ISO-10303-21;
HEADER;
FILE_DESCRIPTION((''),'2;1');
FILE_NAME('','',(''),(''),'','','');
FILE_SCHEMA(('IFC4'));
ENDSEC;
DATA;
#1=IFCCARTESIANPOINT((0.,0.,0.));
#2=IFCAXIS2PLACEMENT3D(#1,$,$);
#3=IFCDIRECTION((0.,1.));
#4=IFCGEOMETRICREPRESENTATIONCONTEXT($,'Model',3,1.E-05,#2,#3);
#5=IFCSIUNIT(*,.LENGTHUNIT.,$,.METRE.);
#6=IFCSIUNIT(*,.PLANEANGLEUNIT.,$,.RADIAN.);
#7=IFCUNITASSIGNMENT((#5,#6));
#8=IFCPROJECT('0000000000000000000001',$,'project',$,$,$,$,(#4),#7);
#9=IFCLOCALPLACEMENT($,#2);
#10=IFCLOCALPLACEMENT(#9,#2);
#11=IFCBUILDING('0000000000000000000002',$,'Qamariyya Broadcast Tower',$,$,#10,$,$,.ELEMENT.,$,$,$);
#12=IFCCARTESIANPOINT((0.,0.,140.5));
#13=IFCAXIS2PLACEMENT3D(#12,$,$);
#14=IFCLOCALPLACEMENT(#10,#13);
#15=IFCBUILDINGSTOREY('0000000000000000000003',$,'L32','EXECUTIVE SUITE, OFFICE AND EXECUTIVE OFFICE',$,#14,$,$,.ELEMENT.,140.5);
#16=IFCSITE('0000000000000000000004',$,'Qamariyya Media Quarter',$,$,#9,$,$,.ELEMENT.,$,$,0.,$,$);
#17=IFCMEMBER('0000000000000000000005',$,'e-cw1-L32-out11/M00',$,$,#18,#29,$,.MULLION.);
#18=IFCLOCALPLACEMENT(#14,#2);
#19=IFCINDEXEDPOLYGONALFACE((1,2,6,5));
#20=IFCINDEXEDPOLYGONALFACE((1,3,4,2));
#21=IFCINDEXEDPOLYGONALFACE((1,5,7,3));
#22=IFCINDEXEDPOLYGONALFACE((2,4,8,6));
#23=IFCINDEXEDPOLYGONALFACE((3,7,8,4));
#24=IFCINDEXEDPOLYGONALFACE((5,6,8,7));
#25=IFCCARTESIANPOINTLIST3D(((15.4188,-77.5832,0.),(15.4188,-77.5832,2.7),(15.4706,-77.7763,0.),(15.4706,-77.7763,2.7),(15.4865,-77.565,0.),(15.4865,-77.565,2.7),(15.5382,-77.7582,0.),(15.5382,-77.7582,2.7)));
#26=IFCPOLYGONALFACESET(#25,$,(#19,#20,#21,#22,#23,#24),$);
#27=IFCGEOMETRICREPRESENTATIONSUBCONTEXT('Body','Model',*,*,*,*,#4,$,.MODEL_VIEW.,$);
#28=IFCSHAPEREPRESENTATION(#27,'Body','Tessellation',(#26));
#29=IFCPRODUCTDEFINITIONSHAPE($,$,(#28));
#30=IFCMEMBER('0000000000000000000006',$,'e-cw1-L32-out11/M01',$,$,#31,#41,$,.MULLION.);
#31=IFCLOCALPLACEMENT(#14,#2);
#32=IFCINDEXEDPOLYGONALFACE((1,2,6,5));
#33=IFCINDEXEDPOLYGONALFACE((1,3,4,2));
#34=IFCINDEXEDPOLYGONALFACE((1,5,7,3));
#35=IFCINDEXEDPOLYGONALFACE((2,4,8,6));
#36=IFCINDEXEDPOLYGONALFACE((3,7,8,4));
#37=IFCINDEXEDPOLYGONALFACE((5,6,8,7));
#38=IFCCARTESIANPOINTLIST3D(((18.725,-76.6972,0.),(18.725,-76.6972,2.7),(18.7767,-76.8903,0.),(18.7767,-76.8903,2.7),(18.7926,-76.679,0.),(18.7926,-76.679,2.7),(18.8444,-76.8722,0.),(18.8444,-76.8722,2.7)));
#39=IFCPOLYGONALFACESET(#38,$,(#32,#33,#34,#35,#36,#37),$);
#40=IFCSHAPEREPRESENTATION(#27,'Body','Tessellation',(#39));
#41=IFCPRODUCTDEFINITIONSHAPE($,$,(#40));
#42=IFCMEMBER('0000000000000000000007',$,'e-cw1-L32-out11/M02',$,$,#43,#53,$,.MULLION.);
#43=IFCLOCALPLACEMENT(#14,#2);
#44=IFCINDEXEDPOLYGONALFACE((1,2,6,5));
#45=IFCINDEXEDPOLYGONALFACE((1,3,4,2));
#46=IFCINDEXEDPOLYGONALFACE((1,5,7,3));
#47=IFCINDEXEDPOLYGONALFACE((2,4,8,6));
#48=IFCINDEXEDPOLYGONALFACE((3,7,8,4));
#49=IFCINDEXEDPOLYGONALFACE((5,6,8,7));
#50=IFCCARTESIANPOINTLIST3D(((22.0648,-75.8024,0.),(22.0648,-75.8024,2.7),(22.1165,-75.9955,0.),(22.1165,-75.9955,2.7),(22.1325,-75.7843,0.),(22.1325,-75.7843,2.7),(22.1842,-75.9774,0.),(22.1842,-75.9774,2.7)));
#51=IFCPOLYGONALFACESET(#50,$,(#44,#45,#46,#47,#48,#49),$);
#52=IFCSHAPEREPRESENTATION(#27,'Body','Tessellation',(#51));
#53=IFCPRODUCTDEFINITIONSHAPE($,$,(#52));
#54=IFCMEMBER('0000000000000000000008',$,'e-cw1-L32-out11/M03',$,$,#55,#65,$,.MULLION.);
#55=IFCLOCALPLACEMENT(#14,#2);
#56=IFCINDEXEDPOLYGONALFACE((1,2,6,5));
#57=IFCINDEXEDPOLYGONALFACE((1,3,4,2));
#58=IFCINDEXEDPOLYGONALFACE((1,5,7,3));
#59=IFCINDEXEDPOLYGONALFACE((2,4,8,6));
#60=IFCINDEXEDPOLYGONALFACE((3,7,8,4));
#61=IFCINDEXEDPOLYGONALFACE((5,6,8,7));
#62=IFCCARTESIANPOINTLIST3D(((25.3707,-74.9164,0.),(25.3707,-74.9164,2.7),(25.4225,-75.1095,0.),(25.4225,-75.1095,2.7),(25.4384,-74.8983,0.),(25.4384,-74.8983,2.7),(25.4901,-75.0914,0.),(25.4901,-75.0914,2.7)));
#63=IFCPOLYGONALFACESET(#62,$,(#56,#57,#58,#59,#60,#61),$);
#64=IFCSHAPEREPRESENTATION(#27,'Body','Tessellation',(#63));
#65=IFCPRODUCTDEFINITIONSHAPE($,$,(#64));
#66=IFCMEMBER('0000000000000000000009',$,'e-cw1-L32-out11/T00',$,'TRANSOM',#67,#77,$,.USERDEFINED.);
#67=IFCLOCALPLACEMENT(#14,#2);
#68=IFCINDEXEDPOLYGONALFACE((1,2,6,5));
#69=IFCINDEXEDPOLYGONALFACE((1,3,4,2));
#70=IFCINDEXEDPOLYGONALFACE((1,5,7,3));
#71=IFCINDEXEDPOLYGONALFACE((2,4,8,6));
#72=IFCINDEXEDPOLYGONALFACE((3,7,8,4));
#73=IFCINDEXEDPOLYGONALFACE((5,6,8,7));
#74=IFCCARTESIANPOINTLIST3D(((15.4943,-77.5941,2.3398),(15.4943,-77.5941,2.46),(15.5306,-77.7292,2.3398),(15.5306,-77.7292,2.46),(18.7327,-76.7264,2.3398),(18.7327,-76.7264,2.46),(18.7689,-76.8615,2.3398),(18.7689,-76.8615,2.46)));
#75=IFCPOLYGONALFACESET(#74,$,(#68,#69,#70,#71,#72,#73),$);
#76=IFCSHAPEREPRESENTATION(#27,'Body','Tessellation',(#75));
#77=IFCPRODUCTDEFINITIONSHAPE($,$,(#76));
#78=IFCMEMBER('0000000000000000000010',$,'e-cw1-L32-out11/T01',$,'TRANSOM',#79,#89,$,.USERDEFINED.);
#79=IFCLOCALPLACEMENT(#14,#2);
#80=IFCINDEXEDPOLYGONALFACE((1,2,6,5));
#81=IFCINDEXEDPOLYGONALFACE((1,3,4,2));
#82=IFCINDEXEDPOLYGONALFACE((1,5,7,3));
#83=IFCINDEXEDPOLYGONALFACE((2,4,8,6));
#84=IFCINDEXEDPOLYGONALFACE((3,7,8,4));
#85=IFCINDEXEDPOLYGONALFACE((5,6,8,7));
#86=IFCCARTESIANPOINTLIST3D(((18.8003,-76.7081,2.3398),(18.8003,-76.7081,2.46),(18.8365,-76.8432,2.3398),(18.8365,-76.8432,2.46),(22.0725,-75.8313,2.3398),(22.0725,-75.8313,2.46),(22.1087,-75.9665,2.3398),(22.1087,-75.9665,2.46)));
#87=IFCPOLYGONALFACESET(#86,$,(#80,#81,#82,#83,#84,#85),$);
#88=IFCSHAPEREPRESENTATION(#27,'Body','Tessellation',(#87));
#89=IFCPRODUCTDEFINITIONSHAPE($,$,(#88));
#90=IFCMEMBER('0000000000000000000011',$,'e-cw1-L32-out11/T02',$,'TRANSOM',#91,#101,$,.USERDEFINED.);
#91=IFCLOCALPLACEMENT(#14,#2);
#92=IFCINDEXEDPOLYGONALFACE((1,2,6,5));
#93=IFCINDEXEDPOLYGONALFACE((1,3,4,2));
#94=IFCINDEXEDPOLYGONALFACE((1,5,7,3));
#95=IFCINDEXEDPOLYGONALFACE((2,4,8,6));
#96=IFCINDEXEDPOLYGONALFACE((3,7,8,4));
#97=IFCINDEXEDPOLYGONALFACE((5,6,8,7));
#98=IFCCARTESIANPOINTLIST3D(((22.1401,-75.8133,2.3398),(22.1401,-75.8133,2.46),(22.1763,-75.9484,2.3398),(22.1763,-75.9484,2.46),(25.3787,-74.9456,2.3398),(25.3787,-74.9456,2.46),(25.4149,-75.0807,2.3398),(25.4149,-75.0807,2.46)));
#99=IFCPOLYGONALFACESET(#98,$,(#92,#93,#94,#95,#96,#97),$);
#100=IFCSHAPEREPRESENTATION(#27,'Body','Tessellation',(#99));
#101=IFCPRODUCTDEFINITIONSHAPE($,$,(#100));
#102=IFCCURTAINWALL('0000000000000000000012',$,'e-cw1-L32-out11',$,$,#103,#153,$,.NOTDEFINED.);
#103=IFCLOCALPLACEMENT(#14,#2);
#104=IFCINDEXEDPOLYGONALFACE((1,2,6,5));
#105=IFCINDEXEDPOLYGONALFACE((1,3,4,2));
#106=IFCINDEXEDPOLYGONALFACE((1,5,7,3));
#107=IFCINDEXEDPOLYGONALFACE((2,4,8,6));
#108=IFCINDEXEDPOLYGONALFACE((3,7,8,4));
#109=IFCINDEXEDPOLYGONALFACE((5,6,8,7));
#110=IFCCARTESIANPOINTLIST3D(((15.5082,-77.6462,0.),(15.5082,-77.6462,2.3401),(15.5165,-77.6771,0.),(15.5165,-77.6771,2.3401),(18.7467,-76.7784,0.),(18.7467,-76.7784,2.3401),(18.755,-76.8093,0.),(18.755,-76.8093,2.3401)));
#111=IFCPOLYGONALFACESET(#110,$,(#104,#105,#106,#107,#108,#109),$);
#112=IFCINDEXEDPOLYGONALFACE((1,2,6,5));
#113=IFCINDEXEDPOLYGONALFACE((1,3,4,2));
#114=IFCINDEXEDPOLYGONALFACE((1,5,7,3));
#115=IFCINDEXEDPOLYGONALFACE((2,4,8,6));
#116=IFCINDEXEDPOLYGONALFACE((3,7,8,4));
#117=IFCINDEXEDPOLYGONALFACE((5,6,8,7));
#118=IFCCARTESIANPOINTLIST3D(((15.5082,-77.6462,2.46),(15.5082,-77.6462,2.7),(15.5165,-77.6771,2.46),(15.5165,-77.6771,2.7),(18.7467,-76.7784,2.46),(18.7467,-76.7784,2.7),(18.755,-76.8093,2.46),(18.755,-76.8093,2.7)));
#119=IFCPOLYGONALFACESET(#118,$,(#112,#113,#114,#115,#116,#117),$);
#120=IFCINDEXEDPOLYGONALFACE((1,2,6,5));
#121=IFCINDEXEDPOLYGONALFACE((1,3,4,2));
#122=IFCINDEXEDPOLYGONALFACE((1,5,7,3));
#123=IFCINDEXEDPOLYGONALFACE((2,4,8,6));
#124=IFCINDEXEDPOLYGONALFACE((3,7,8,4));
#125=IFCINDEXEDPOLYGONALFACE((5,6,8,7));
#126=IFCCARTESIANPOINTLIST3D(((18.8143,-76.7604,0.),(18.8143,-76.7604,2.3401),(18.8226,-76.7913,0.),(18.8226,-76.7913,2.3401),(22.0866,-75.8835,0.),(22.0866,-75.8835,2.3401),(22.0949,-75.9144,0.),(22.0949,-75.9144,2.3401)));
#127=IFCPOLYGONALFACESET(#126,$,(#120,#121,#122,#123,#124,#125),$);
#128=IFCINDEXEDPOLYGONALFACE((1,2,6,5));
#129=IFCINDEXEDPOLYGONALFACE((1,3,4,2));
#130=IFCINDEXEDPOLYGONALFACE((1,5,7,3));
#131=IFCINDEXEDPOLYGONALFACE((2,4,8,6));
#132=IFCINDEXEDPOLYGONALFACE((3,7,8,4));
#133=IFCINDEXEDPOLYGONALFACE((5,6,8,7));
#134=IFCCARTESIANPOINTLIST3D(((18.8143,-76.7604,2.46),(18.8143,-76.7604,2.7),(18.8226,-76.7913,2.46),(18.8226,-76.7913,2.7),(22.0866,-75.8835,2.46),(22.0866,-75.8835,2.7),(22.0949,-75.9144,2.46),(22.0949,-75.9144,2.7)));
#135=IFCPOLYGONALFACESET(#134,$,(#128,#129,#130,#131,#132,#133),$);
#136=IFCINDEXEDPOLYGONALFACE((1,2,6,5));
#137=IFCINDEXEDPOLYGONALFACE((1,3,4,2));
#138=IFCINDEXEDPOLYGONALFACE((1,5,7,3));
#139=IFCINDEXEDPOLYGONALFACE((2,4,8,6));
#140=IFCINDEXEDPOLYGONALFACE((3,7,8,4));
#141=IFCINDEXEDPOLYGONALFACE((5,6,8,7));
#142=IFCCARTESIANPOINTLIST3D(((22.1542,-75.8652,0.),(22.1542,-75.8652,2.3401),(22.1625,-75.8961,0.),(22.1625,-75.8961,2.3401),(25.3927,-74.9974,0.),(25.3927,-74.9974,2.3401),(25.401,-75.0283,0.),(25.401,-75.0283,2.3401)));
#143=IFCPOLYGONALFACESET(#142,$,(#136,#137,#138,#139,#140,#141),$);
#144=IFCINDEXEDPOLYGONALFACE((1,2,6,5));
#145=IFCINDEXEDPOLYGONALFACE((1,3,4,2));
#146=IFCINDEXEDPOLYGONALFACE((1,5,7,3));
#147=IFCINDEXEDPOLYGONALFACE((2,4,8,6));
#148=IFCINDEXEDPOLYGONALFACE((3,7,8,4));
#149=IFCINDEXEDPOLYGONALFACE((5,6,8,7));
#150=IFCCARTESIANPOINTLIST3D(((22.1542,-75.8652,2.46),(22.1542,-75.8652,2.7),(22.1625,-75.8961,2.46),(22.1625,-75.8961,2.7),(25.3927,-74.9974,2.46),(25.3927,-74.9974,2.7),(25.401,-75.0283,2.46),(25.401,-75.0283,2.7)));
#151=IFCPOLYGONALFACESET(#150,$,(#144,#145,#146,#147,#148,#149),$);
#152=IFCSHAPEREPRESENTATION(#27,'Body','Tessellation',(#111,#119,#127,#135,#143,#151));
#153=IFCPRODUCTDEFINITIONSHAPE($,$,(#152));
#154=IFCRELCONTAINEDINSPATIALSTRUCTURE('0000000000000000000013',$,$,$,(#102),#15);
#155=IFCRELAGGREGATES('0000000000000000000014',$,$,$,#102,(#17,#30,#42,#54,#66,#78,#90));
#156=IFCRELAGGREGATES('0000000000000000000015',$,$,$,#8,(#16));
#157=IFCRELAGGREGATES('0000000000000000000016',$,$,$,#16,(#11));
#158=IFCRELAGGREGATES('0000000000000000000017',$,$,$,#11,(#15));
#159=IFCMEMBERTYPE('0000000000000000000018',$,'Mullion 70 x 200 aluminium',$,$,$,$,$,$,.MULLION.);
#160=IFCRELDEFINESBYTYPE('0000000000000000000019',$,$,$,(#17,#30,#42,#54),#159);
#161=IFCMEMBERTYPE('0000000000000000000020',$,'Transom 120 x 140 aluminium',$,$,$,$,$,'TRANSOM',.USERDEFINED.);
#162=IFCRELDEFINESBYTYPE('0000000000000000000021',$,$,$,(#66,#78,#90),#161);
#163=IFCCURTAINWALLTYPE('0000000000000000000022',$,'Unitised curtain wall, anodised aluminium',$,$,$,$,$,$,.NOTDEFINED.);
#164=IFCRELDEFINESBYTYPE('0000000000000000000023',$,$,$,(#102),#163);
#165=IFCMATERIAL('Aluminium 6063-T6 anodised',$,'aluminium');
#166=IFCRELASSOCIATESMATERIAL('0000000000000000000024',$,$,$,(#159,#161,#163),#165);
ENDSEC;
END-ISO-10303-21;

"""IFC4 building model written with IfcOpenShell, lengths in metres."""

from ifc_helpers import new_model, si_unit, direction, frame, origin, origin_2d, place, context, subcontext, project, spatial, rectangle, extrude, material, material_profile, profile_set, type_object, element, aggregate, save


model = new_model("IFC4")

# Units and contexts
model_context = context("Model", 3, precision=1e-05, world=origin(), true_north=direction((0.0, 1.0)))
body_context = subcontext(model_context, "Body", "Model", "MODEL_VIEW")
ifc_project = project(units=[si_unit("LENGTHUNIT", "METRE"), si_unit("PLANEANGLEUNIT", "RADIAN")], contexts=[model_context])

# Members
ifc_material = material(Name="Aluminium 6063-T6 anodised", Category="aluminium")
ifc_material_profile_1 = material_profile(ifc_material, rectangle(XDim=0.2, YDim=0.0701, at=origin_2d()))
ifc_profile_set_1 = profile_set([ifc_material_profile_1], Name="Aluminium 6063-T6 anodised")
member_type_1 = type_object("IfcMemberType", Name="Mullion 70 x 200 aluminium", PredefinedType="MULLION", material=ifc_profile_set_1)
site_placement = place(None, origin())
building_placement = place(site_placement, origin())
storey_placement = place(building_placement, frame((0.0, 0.0, 140.5)))
member_1_placement = place(storey_placement, frame((15.4785, -77.6707, 0.0), z_axis=(0.0, 0.0, 1.0), x_axis=(-0.258819, 0.965926, 0.0)))
member_1 = element("IfcMember", 1, at=member_1_placement, type_object=member_type_1, Name="e-cw1-L32-out11/M00", PredefinedType="MULLION", context=body_context, shape_type="SweptSolid", body=[
    extrude(rectangle(XDim=0.2, YDim=0.0701, at=origin_2d()), origin(), (0.0, 0.0, 1.0), 2.7),
])
member_2_placement = place(storey_placement, frame((18.7847, -76.7847, 0.0), z_axis=(0.0, 0.0, 1.0), x_axis=(-0.258819, 0.965926, 0.0)))
member_2 = element("IfcMember", 2, at=member_2_placement, type_object=member_type_1, Name="e-cw1-L32-out11/M01", PredefinedType="MULLION", context=body_context, shape_type="SweptSolid", body=[
    extrude(rectangle(XDim=0.2, YDim=0.0701, at=origin_2d()), origin(), (0.0, 0.0, 1.0), 2.7),
])
member_3_placement = place(storey_placement, frame((22.1245, -75.8899, 0.0), z_axis=(0.0, 0.0, 1.0), x_axis=(-0.258819, 0.965926, 0.0)))
member_3 = element("IfcMember", 3, at=member_3_placement, type_object=member_type_1, Name="e-cw1-L32-out11/M02", PredefinedType="MULLION", context=body_context, shape_type="SweptSolid", body=[
    extrude(rectangle(XDim=0.2, YDim=0.0701, at=origin_2d()), origin(), (0.0, 0.0, 1.0), 2.7),
])
member_4_placement = place(storey_placement, frame((25.4304, -75.0039, 0.0), z_axis=(0.0, 0.0, 1.0), x_axis=(-0.258819, 0.965926, 0.0)))
member_4 = element("IfcMember", 4, at=member_4_placement, type_object=member_type_1, Name="e-cw1-L32-out11/M03", PredefinedType="MULLION", context=body_context, shape_type="SweptSolid", body=[
    extrude(rectangle(XDim=0.2, YDim=0.0701, at=origin_2d()), origin(), (0.0, 0.0, 1.0), 2.7),
])
ifc_material_profile_2 = material_profile(ifc_material, rectangle(XDim=0.1399, YDim=0.1201, at=origin_2d()))
ifc_profile_set_2 = profile_set([ifc_material_profile_2], Name="Aluminium 6063-T6 anodised")
member_type_2 = type_object("IfcMemberType", Name="Transom 120 x 140 aluminium", ElementType="TRANSOM", PredefinedType="USERDEFINED", material=ifc_profile_set_2)
member_5_placement = place(storey_placement, frame((15.5125, -77.6616, 2.3999), z_axis=(0.965927, 0.258814, 0.0), x_axis=(-0.258814, 0.965927, 0.0)))
member_5 = element("IfcMember", 5, at=member_5_placement, type_object=member_type_2, Name="e-cw1-L32-out11/T00", ObjectType="TRANSOM", PredefinedType="USERDEFINED", context=body_context, shape_type="SweptSolid", body=[
    extrude(rectangle(XDim=0.1399, YDim=0.1201, at=origin_2d()), origin(), (0.0, 0.0, 1.0), 3.3525),
])
member_6_placement = place(storey_placement, frame((18.8184, -76.7756, 2.3999), z_axis=(0.965932, 0.258797, 0.0), x_axis=(-0.258797, 0.965932, 0.0)))
member_6 = element("IfcMember", 6, at=member_6_placement, type_object=member_type_2, Name="e-cw1-L32-out11/T01", ObjectType="TRANSOM", PredefinedType="USERDEFINED", context=body_context, shape_type="SweptSolid", body=[
    extrude(rectangle(XDim=0.1399, YDim=0.1201, at=origin_2d()), origin(), (0.0, 0.0, 1.0), 3.3877),
])
member_7_placement = place(storey_placement, frame((22.1582, -75.8809, 2.3999), z_axis=(0.965932, 0.258796, 0.0), x_axis=(-0.258796, 0.965932, 0.0)))
member_7 = element("IfcMember", 7, at=member_7_placement, type_object=member_type_2, Name="e-cw1-L32-out11/T02", ObjectType="TRANSOM", PredefinedType="USERDEFINED", context=body_context, shape_type="SweptSolid", body=[
    extrude(rectangle(XDim=0.1399, YDim=0.1201, at=origin_2d()), origin(), (0.0, 0.0, 1.0), 3.3528),
])

# Site, building, storey
site = spatial("IfcSite", under=ifc_project, at=site_placement, Name="Qamariyya Media Quarter", CompositionType="ELEMENT", RefElevation=0.0)
building = spatial("IfcBuilding", under=site, at=building_placement, Name="Qamariyya Broadcast Tower", CompositionType="ELEMENT")
storey = spatial("IfcBuildingStorey", under=building, at=storey_placement, Name="L32", Description="EXECUTIVE SUITE, OFFICE AND EXECUTIVE OFFICE", CompositionType="ELEMENT", Elevation=140.5)

# Curtain wall
curtain_wall_type = type_object("IfcCurtainWallType", Name="Unitised curtain wall, anodised aluminium", PredefinedType="NOTDEFINED", material=ifc_material)
curtain_wall_1_placement = place(storey_placement, origin())
curtain_wall_1 = element("IfcCurtainWall", 8, at=curtain_wall_1_placement, inside=storey, type_object=curtain_wall_type, Name="e-cw1-L32-out11", PredefinedType="NOTDEFINED", context=body_context, shape_type="SweptSolid", body=[
    extrude(rectangle(XDim=3.3528, YDim=0.032, at=origin_2d()), frame((17.1316, -77.2278, 0.0), x_axis=(0.965924, 0.258827, 0.0)), (0.0, 0.0, 1.0), 2.3401),
    extrude(rectangle(XDim=3.3528, YDim=0.032, at=origin_2d()), frame((17.1316, -77.2278, 2.46), x_axis=(0.965924, 0.258827, 0.0)), (0.0, 0.0, 1.0), 0.24),
    extrude(rectangle(XDim=3.3877, YDim=0.032, at=origin_2d()), frame((20.4546, -76.3374, 0.0), x_axis=(0.965924, 0.258827, 0.0)), (0.0, 0.0, 1.0), 2.3401),
    extrude(rectangle(XDim=3.3877, YDim=0.032, at=origin_2d()), frame((20.4546, -76.3374, 2.46), x_axis=(0.965924, 0.258827, 0.0)), (0.0, 0.0, 1.0), 0.24),
    extrude(rectangle(XDim=3.3528, YDim=0.032, at=origin_2d()), frame((23.7776, -75.4468, 0.0), x_axis=(0.965924, 0.258827, 0.0)), (0.0, 0.0, 1.0), 2.3401),
    extrude(rectangle(XDim=3.3528, YDim=0.032, at=origin_2d()), frame((23.7776, -75.4468, 2.46), x_axis=(0.965924, 0.258827, 0.0)), (0.0, 0.0, 1.0), 0.24),
])
aggregate(curtain_wall_1, [member_1, member_2, member_3, member_4, member_5, member_6, member_7])

save(model, "model.ifc")
